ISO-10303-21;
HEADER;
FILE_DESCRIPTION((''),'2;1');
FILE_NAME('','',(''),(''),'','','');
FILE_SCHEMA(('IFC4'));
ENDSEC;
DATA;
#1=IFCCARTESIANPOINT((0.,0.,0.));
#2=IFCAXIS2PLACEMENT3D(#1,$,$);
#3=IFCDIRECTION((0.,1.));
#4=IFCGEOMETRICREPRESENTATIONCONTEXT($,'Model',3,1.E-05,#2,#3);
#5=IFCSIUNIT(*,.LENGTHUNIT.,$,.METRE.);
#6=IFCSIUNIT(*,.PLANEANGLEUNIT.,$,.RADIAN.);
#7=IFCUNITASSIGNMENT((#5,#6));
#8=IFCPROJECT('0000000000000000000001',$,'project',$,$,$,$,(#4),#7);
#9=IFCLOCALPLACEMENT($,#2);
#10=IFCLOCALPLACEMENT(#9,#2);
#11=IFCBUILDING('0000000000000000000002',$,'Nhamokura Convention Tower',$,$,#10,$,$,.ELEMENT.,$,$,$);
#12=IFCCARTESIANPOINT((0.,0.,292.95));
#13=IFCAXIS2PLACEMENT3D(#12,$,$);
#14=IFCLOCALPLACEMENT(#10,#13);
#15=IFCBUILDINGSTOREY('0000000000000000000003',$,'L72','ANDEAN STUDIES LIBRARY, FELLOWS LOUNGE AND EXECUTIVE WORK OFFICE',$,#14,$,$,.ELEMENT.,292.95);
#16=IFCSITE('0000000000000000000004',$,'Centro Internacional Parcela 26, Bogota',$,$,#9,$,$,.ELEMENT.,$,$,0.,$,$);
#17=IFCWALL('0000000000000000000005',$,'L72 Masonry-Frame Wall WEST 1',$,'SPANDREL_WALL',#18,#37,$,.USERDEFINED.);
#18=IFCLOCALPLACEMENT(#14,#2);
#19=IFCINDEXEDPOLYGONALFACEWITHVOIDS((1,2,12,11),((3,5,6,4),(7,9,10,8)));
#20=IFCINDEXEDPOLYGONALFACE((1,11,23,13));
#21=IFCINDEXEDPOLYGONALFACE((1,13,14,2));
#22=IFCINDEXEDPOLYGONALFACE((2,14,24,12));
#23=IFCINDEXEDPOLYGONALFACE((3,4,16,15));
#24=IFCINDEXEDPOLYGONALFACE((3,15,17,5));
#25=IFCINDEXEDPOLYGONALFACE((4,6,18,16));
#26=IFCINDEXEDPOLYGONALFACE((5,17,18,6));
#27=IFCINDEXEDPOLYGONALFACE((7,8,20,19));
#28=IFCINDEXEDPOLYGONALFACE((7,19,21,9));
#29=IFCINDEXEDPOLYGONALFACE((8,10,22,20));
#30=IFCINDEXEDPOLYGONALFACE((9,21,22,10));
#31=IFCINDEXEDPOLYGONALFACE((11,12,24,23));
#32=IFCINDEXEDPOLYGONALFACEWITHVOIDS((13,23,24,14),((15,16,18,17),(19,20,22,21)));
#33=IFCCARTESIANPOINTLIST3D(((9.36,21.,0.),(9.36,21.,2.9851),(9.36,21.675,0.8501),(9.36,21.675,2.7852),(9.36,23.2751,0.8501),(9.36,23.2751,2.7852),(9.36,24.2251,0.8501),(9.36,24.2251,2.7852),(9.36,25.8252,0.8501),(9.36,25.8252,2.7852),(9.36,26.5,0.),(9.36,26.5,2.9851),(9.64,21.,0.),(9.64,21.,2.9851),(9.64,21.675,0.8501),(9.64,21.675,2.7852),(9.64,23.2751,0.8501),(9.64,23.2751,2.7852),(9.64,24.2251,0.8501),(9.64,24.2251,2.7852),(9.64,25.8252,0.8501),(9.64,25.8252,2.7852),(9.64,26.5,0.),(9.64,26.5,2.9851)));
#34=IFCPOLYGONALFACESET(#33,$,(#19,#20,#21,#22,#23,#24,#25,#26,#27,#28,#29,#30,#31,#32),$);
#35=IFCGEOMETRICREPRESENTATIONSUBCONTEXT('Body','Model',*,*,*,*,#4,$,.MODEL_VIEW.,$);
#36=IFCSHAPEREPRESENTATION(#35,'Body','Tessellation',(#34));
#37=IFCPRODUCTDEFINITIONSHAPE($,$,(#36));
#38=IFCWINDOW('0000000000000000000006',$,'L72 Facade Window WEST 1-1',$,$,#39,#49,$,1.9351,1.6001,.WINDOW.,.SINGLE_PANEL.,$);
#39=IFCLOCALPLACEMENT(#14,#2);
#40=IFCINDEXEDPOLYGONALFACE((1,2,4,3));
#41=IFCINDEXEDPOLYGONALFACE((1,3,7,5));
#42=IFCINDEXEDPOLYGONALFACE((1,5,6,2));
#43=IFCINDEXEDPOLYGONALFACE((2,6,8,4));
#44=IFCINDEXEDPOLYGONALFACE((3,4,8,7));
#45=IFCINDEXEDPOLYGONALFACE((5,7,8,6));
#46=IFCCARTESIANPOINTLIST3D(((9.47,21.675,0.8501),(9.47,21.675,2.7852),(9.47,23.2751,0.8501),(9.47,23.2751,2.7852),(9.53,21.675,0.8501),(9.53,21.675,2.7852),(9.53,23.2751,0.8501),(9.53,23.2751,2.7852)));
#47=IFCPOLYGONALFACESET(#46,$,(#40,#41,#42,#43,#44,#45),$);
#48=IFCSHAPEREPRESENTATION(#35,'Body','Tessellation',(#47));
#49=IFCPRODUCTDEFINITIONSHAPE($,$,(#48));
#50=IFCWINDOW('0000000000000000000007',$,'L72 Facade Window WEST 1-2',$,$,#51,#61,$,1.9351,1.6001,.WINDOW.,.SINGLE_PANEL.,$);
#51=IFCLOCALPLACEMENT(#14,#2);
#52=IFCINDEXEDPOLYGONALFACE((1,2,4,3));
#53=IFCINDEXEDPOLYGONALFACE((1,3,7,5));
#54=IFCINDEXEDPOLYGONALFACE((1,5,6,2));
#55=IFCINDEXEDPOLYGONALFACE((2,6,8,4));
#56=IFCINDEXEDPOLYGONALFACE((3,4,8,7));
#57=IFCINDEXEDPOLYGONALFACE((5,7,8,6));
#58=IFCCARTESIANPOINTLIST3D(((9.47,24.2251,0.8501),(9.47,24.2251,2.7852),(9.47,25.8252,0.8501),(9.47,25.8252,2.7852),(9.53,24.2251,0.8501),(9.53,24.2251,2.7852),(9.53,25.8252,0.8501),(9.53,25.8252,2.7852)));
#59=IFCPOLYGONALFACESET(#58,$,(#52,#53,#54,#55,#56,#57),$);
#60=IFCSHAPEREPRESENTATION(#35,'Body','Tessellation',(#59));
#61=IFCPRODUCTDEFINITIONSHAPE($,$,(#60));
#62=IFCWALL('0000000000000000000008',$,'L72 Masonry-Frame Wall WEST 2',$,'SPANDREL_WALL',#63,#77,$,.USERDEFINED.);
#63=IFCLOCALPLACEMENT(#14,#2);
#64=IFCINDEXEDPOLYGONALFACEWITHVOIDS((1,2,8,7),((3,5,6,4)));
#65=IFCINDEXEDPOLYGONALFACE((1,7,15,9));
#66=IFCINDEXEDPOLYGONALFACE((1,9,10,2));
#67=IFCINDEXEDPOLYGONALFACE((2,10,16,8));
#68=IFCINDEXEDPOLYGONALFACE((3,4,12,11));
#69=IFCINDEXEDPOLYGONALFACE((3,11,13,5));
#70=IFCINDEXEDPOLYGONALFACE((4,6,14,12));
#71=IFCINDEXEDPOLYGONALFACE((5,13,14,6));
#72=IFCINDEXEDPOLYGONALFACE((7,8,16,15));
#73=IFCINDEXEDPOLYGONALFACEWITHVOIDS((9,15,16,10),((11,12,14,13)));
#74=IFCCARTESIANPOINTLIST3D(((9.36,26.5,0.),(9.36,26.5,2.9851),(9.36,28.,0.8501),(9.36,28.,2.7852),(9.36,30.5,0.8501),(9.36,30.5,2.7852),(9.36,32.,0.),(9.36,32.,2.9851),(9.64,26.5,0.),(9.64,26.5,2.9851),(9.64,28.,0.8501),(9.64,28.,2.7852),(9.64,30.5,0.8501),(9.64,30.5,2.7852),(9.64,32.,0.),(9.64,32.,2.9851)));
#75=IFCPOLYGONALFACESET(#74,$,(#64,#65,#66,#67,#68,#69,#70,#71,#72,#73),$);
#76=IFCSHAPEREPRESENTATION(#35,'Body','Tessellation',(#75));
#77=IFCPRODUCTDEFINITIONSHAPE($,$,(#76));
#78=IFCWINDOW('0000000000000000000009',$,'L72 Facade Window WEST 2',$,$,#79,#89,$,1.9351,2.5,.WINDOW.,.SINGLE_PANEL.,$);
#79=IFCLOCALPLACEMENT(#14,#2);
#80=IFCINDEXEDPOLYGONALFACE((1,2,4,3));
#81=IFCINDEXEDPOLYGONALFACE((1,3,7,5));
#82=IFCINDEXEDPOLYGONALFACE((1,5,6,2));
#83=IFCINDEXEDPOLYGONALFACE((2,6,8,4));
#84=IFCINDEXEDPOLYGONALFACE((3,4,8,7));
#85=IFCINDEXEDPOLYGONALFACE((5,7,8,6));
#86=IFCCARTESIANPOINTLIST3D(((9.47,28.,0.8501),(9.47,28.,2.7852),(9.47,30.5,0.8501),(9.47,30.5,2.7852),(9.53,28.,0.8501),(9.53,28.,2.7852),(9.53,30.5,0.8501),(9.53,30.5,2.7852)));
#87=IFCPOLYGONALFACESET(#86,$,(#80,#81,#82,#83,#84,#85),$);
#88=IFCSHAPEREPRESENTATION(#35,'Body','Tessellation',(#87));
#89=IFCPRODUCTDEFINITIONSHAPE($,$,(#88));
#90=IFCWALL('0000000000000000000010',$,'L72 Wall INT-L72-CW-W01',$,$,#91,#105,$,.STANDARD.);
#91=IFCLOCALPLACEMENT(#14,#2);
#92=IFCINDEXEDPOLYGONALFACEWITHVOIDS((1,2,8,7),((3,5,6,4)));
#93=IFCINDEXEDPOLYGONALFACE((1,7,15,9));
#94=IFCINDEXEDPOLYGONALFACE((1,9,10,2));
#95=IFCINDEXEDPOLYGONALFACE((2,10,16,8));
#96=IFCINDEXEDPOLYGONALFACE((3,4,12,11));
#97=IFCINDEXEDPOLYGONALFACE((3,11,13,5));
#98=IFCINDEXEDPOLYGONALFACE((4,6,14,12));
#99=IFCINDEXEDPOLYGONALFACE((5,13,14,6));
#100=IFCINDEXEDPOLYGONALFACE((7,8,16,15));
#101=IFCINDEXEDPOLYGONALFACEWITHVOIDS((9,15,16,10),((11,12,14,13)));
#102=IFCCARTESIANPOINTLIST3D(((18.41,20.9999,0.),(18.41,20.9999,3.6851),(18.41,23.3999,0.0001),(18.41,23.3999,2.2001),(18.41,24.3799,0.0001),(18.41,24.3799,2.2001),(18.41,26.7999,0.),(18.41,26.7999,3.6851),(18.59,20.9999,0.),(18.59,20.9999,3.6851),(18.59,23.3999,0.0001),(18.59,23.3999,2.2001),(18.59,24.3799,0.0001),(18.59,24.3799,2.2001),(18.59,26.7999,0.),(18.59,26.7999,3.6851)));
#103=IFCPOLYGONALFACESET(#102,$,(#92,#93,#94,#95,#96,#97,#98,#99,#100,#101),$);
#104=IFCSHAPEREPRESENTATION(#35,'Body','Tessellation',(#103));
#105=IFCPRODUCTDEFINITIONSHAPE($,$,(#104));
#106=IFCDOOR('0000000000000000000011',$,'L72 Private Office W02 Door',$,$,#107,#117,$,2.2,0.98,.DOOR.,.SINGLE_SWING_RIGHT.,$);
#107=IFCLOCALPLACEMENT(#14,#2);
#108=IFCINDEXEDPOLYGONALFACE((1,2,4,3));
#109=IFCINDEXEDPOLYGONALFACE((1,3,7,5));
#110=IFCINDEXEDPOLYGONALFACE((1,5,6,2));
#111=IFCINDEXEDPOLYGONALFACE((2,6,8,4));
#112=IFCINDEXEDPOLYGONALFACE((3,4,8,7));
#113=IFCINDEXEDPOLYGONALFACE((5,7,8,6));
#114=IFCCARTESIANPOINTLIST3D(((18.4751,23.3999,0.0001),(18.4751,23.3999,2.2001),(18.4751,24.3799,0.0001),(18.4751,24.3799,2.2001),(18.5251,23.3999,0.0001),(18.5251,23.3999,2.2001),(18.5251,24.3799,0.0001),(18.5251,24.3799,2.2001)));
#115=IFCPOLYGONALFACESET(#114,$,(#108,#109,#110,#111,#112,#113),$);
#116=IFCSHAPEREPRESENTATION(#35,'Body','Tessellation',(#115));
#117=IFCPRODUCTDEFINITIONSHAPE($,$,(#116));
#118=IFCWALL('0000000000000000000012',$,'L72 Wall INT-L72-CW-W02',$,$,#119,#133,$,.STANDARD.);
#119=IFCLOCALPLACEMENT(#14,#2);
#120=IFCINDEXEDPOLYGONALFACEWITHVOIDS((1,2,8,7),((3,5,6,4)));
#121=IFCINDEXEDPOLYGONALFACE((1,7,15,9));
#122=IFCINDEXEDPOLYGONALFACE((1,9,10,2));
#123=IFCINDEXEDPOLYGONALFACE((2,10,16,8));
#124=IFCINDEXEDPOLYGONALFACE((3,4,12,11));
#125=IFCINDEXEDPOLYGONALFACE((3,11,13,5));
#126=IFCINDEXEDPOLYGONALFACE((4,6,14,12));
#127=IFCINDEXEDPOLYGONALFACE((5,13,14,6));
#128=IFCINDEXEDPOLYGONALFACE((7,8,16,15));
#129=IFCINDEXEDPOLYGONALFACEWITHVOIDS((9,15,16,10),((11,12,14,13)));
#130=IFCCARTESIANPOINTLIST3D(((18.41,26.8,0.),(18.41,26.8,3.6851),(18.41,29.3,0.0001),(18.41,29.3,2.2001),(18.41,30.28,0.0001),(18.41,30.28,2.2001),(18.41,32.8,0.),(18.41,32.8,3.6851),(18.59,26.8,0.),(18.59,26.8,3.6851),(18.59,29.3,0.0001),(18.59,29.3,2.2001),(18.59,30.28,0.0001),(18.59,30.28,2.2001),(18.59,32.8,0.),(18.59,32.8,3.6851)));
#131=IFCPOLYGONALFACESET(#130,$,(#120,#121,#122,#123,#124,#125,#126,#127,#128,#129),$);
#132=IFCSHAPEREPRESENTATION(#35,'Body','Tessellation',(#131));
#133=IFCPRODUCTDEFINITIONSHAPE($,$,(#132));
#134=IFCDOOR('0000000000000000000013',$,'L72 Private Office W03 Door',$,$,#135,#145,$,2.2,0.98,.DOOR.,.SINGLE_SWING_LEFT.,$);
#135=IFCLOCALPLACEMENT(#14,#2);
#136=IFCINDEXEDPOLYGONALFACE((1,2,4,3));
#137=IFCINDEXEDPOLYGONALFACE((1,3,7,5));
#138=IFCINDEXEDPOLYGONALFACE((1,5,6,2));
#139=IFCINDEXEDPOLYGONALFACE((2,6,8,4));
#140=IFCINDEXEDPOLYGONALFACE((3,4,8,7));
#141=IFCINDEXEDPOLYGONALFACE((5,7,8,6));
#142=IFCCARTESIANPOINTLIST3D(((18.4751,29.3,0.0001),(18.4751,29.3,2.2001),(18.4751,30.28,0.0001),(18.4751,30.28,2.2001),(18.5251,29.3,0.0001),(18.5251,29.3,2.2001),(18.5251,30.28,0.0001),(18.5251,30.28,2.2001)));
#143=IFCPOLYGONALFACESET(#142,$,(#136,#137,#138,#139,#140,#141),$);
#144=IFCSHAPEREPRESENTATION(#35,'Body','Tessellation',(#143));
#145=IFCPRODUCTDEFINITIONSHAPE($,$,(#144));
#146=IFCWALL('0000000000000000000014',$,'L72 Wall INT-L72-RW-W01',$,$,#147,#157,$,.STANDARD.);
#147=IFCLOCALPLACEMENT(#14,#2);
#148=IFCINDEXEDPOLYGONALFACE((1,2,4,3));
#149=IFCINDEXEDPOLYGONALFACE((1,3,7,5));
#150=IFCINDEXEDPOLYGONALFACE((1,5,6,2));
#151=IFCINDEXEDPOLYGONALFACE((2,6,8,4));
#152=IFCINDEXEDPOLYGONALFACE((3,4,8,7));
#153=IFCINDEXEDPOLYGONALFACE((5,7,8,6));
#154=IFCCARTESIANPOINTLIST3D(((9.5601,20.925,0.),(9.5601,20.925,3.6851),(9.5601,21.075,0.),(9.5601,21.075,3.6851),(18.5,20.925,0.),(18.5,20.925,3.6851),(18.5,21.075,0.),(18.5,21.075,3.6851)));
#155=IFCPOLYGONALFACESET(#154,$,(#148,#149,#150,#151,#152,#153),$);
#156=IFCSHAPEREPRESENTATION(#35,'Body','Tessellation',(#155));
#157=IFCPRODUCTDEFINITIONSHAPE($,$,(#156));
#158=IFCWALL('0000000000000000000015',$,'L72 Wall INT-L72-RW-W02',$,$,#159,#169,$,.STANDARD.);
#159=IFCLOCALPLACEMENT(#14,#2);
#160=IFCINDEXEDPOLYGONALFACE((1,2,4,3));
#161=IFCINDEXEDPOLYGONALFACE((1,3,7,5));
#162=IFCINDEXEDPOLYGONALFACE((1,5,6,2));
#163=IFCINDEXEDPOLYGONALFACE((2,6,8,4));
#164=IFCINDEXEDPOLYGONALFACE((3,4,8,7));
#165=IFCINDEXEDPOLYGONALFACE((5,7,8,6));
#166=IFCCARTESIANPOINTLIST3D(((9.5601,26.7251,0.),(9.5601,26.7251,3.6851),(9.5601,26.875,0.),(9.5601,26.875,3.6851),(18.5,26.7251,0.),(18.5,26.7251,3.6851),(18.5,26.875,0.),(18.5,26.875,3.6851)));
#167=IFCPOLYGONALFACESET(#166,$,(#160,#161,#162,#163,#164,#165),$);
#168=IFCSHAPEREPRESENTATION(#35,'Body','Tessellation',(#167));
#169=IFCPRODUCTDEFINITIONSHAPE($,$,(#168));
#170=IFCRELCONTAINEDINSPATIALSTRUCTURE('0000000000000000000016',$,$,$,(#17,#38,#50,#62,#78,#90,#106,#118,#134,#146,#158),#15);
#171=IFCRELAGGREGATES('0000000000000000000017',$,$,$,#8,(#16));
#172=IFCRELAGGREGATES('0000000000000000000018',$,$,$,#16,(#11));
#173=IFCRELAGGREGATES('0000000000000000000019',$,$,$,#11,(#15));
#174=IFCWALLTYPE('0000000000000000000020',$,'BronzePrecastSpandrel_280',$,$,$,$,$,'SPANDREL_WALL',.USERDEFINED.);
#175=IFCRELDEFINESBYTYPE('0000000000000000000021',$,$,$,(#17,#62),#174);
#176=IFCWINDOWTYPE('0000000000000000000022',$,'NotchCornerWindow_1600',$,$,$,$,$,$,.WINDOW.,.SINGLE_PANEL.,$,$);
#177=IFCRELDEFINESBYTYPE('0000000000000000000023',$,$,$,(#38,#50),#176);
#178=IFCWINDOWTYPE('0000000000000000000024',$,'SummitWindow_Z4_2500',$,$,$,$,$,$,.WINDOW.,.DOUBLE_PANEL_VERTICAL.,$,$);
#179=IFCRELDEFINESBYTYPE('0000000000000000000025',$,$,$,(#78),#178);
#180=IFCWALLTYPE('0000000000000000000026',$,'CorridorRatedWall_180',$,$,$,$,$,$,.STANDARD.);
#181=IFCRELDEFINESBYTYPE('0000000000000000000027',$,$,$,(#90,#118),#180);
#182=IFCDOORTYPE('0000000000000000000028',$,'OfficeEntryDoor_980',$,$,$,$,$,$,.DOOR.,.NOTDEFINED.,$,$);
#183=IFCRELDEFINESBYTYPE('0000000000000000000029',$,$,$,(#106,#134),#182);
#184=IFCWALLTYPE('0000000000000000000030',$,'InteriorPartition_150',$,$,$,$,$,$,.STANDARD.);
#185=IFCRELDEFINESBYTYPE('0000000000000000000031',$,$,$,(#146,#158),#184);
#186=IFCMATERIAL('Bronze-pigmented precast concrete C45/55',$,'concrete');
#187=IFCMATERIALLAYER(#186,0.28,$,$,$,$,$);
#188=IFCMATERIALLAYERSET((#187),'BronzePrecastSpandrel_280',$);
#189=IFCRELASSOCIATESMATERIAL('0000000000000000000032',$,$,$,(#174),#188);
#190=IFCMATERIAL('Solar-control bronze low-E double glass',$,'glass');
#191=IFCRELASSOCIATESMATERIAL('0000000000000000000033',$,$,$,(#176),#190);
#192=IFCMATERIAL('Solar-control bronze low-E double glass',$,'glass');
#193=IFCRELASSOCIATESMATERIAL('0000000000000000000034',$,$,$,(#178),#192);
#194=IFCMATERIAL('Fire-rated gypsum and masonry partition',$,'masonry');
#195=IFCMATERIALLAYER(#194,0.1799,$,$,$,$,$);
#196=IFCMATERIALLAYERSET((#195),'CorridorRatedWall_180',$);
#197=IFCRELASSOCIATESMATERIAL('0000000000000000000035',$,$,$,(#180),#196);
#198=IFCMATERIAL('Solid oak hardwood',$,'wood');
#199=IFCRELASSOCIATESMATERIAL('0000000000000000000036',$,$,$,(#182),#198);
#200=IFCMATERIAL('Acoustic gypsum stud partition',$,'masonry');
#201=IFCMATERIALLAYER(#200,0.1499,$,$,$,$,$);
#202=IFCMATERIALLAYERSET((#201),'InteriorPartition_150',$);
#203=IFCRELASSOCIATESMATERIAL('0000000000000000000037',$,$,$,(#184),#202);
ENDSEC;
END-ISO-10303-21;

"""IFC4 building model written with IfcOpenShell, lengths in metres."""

from ifc_helpers import new_model, si_unit, direction, frame, frame_2d, origin, place, context, subcontext, project, spatial, rectangle, extrude, material, layer, layer_set, type_object, element, fill, save


model = new_model("IFC4")

# Units and contexts
model_context = context("Model", 3, precision=1e-05, world=origin(), true_north=direction((0.0, 1.0)))
body_context = subcontext(model_context, "Body", "Model", "MODEL_VIEW")
ifc_project = project(units=[si_unit("LENGTHUNIT", "METRE"), si_unit("PLANEANGLEUNIT", "RADIAN")], contexts=[model_context])

# Site, building, storey
site_placement = place(None, origin())
site = spatial("IfcSite", under=ifc_project, at=site_placement, Name="Centro Internacional Parcela 26, Bogota", CompositionType="ELEMENT", RefElevation=0.0)
building_placement = place(site_placement, origin())
building = spatial("IfcBuilding", under=site, at=building_placement, Name="Nhamokura Convention Tower", CompositionType="ELEMENT")
storey_placement = place(building_placement, frame((0.0, 0.0, 292.95)))
storey = spatial("IfcBuildingStorey", under=building, at=storey_placement, Name="L72", Description="ANDEAN STUDIES LIBRARY, FELLOWS LOUNGE AND EXECUTIVE WORK OFFICE", CompositionType="ELEMENT", Elevation=292.95)

# Wall, openings, windows
ifc_material_1 = material(Name="Bronze-pigmented precast concrete C45/55", Category="concrete")
ifc_layer_1 = layer(ifc_material_1, 0.28)
ifc_layer_set_1 = layer_set([ifc_layer_1], Name="BronzePrecastSpandrel_280")
wall_type_1 = type_object("IfcWallType", Name="BronzePrecastSpandrel_280", ElementType="SPANDREL_WALL", PredefinedType="USERDEFINED", material=ifc_layer_set_1)
wall_1_placement = place(storey_placement, frame((9.5, 21.0, 0.0), z_axis=(0.0, 0.0, 1.0), x_axis=(0.0, 1.0, 0.0)))
wall_1 = element("IfcWall", 1, at=wall_1_placement, inside=storey, type_object=wall_type_1, Name="L72 Masonry-Frame Wall WEST 1", ObjectType="SPANDREL_WALL", PredefinedType="USERDEFINED", context=body_context, shape_type="SweptSolid", body=[
    extrude(rectangle(XDim=5.5, YDim=0.28, at=frame_2d((2.75, 0.0))), origin(), (0.0, 0.0, 1.0), 2.9851),
])
opening_1_placement = place(wall_1_placement, frame((0.675, 0.0, 0.8501)))
opening_1 = element("IfcOpeningElement", 2, at=opening_1_placement, cuts=wall_1, PredefinedType="OPENING", context=body_context, shape_type="SweptSolid", body=[
    extrude(rectangle(XDim=1.6001, YDim=1.9351, at=frame_2d((0.8, 0.9675))), frame((0.0, 0.1499, 0.0), z_axis=(0.0, -1.0, 0.0), x_axis=(1.0, 0.0, 0.0)), (0.0, 0.0, 1.0), 0.3),
])
opening_2_placement = place(wall_1_placement, frame((3.2251, 0.0, 0.8501)))
opening_2 = element("IfcOpeningElement", 3, at=opening_2_placement, cuts=wall_1, PredefinedType="OPENING", context=body_context, shape_type="SweptSolid", body=[
    extrude(rectangle(XDim=1.6001, YDim=1.9351, at=frame_2d((0.8, 0.9675))), frame((0.0, 0.1499, 0.0), z_axis=(0.0, -1.0, 0.0), x_axis=(1.0, 0.0, 0.0)), (0.0, 0.0, 1.0), 0.3),
])
ifc_material_2 = material(Name="Solar-control bronze low-E double glass", Category="glass")
window_type_1 = type_object("IfcWindowType", Name="NotchCornerWindow_1600", PartitioningType="SINGLE_PANEL", PredefinedType="WINDOW", material=ifc_material_2)
window_1_placement = place(opening_1_placement, origin())
window_1 = element("IfcWindow", 4, at=window_1_placement, inside=storey, type_object=window_type_1, Name="L72 Facade Window WEST 1-1", OverallHeight=1.9351, OverallWidth=1.6001, PartitioningType="SINGLE_PANEL", PredefinedType="WINDOW", context=body_context, shape_type="SweptSolid", body=[
    extrude(rectangle(XDim=1.6001, YDim=1.9351, at=frame_2d((0.8, 0.9675))), frame((0.0, 0.03, 0.0), z_axis=(0.0, -1.0, 0.0), x_axis=(1.0, 0.0, 0.0)), (0.0, 0.0, 1.0), 0.0601),
])
fill(opening_1, window_1)
window_2_placement = place(opening_2_placement, origin())
window_2 = element("IfcWindow", 5, at=window_2_placement, inside=storey, type_object=window_type_1, Name="L72 Facade Window WEST 1-2", OverallHeight=1.9351, OverallWidth=1.6001, PartitioningType="SINGLE_PANEL", PredefinedType="WINDOW", context=body_context, shape_type="SweptSolid", body=[
    extrude(rectangle(XDim=1.6001, YDim=1.9351, at=frame_2d((0.8, 0.9675))), frame((0.0, 0.03, 0.0), z_axis=(0.0, -1.0, 0.0), x_axis=(1.0, 0.0, 0.0)), (0.0, 0.0, 1.0), 0.0601),
])
fill(opening_2, window_2)

# Wall, opening, window
wall_2_placement = place(storey_placement, frame((9.5, 26.5, 0.0), z_axis=(0.0, 0.0, 1.0), x_axis=(0.0, 1.0, 0.0)))
wall_2 = element("IfcWall", 6, at=wall_2_placement, inside=storey, type_object=wall_type_1, Name="L72 Masonry-Frame Wall WEST 2", ObjectType="SPANDREL_WALL", PredefinedType="USERDEFINED", context=body_context, shape_type="SweptSolid", body=[
    extrude(rectangle(XDim=5.5, YDim=0.28, at=frame_2d((2.75, 0.0))), origin(), (0.0, 0.0, 1.0), 2.9851),
])
opening_3_placement = place(wall_2_placement, frame((1.5, 0.0, 0.8501)))
opening_3 = element("IfcOpeningElement", 7, at=opening_3_placement, cuts=wall_2, PredefinedType="OPENING", context=body_context, shape_type="SweptSolid", body=[
    extrude(rectangle(XDim=2.5, YDim=1.9351, at=frame_2d((1.25, 0.9675))), frame((0.0, 0.1499, 0.0), z_axis=(0.0, -1.0, 0.0), x_axis=(1.0, 0.0, 0.0)), (0.0, 0.0, 1.0), 0.3),
])
ifc_material_3 = material(Name="Solar-control bronze low-E double glass", Category="glass")
window_type_2 = type_object("IfcWindowType", Name="SummitWindow_Z4_2500", PartitioningType="DOUBLE_PANEL_VERTICAL", PredefinedType="WINDOW", material=ifc_material_3)
window_3_placement = place(opening_3_placement, origin())
window_3 = element("IfcWindow", 8, at=window_3_placement, inside=storey, type_object=window_type_2, Name="L72 Facade Window WEST 2", OverallHeight=1.9351, OverallWidth=2.5, PartitioningType="SINGLE_PANEL", PredefinedType="WINDOW", context=body_context, shape_type="SweptSolid", body=[
    extrude(rectangle(XDim=2.5, YDim=1.9351, at=frame_2d((1.25, 0.9675))), frame((0.0, 0.03, 0.0), z_axis=(0.0, -1.0, 0.0), x_axis=(1.0, 0.0, 0.0)), (0.0, 0.0, 1.0), 0.0601),
])
fill(opening_3, window_3)

# Walls, openings, doors
ifc_material_4 = material(Name="Fire-rated gypsum and masonry partition", Category="masonry")
ifc_layer_2 = layer(ifc_material_4, 0.1799)
ifc_layer_set_2 = layer_set([ifc_layer_2], Name="CorridorRatedWall_180")
wall_type_2 = type_object("IfcWallType", Name="CorridorRatedWall_180", PredefinedType="STANDARD", material=ifc_layer_set_2)
wall_3_placement = place(storey_placement, frame((18.5, 21.0, 0.0), z_axis=(0.0, 0.0, 1.0), x_axis=(0.0, 1.0, 0.0)))
wall_3 = element("IfcWall", 9, at=wall_3_placement, inside=storey, type_object=wall_type_2, Name="L72 Wall INT-L72-CW-W01", PredefinedType="STANDARD", context=body_context, shape_type="SweptSolid", body=[
    extrude(rectangle(XDim=5.8, YDim=0.1799, at=frame_2d((2.8999, 0.0))), origin(), (0.0, 0.0, 1.0), 3.6851),
])
opening_4_placement = place(wall_3_placement, frame((2.3999, 0.0, 0.0)))
opening_4 = element("IfcOpeningElement", 10, at=opening_4_placement, cuts=wall_3, PredefinedType="OPENING", context=body_context, shape_type="SweptSolid", body=[
    extrude(rectangle(XDim=0.98, YDim=2.2, at=frame_2d((0.49, 1.1001))), frame((0.0, 0.0999, 0.0), z_axis=(0.0, -1.0, 0.0), x_axis=(1.0, 0.0, 0.0)), (0.0, 0.0, 1.0), 0.2),
])
ifc_material_5 = material(Name="Solid oak hardwood", Category="wood")
door_type = type_object("IfcDoorType", Name="OfficeEntryDoor_980", OperationType="NOTDEFINED", PredefinedType="DOOR", material=ifc_material_5)
door_1_placement = place(opening_4_placement, origin())
door_1 = element("IfcDoor", 11, at=door_1_placement, inside=storey, type_object=door_type, Name="L72 Private Office W02 Door", OperationType="SINGLE_SWING_RIGHT", OverallHeight=2.2, OverallWidth=0.98, PredefinedType="DOOR", context=body_context, shape_type="SweptSolid", body=[
    extrude(rectangle(XDim=0.98, YDim=2.2, at=frame_2d((0.49, 1.1001))), frame((0.0, 0.0249, 0.0), z_axis=(0.0, -1.0, 0.0), x_axis=(1.0, 0.0, 0.0)), (0.0, 0.0, 1.0), 0.05),
])
fill(opening_4, door_1)
wall_4_placement = place(storey_placement, frame((18.5, 26.8, 0.0), z_axis=(0.0, 0.0, 1.0), x_axis=(0.0, 1.0, 0.0)))
wall_4 = element("IfcWall", 12, at=wall_4_placement, inside=storey, type_object=wall_type_2, Name="L72 Wall INT-L72-CW-W02", PredefinedType="STANDARD", context=body_context, shape_type="SweptSolid", body=[
    extrude(rectangle(XDim=6.0, YDim=0.1799, at=frame_2d((3.0, 0.0))), origin(), (0.0, 0.0, 1.0), 3.6851),
])
opening_5_placement = place(wall_4_placement, frame((2.5, 0.0, 0.0)))
opening_5 = element("IfcOpeningElement", 13, at=opening_5_placement, cuts=wall_4, PredefinedType="OPENING", context=body_context, shape_type="SweptSolid", body=[
    extrude(rectangle(XDim=0.98, YDim=2.2, at=frame_2d((0.49, 1.1001))), frame((0.0, 0.0999, 0.0), z_axis=(0.0, -1.0, 0.0), x_axis=(1.0, 0.0, 0.0)), (0.0, 0.0, 1.0), 0.2),
])
door_2_placement = place(opening_5_placement, origin())
door_2 = element("IfcDoor", 14, at=door_2_placement, inside=storey, type_object=door_type, Name="L72 Private Office W03 Door", OperationType="SINGLE_SWING_LEFT", OverallHeight=2.2, OverallWidth=0.98, PredefinedType="DOOR", context=body_context, shape_type="SweptSolid", body=[
    extrude(rectangle(XDim=0.98, YDim=2.2, at=frame_2d((0.49, 1.1001))), frame((0.0, 0.0249, 0.0), z_axis=(0.0, -1.0, 0.0), x_axis=(1.0, 0.0, 0.0)), (0.0, 0.0, 1.0), 0.05),
])
fill(opening_5, door_2)

# Walls
ifc_material_6 = material(Name="Acoustic gypsum stud partition", Category="masonry")
ifc_layer_3 = layer(ifc_material_6, 0.1499)
ifc_layer_set_3 = layer_set([ifc_layer_3], Name="InteriorPartition_150")
wall_type_3 = type_object("IfcWallType", Name="InteriorPartition_150", PredefinedType="STANDARD", material=ifc_layer_set_3)
for number, where, z_axis, x_axis, name in (
    (15, (9.5601, 21.0, 0.0), (0.0, 0.0, 1.0), (1.0, 0.0, 0.0), "L72 Wall INT-L72-RW-W01"),
    (16, (9.5601, 26.8, 0.0), (0.0, 0.0, 1.0), (1.0, 0.0, 0.0), "L72 Wall INT-L72-RW-W02"),
):
    element("IfcWall", number, at=place(storey_placement, frame(where, z_axis=z_axis, x_axis=x_axis)), inside=storey, type_object=wall_type_3, Name=name, PredefinedType="STANDARD", context=body_context, shape_type="SweptSolid", body=[
        extrude(rectangle(XDim=8.9399, YDim=0.1499, at=frame_2d((4.47, 0.0))), origin(), (0.0, 0.0, 1.0), 3.6851),
    ])

save(model, "model.ifc")
